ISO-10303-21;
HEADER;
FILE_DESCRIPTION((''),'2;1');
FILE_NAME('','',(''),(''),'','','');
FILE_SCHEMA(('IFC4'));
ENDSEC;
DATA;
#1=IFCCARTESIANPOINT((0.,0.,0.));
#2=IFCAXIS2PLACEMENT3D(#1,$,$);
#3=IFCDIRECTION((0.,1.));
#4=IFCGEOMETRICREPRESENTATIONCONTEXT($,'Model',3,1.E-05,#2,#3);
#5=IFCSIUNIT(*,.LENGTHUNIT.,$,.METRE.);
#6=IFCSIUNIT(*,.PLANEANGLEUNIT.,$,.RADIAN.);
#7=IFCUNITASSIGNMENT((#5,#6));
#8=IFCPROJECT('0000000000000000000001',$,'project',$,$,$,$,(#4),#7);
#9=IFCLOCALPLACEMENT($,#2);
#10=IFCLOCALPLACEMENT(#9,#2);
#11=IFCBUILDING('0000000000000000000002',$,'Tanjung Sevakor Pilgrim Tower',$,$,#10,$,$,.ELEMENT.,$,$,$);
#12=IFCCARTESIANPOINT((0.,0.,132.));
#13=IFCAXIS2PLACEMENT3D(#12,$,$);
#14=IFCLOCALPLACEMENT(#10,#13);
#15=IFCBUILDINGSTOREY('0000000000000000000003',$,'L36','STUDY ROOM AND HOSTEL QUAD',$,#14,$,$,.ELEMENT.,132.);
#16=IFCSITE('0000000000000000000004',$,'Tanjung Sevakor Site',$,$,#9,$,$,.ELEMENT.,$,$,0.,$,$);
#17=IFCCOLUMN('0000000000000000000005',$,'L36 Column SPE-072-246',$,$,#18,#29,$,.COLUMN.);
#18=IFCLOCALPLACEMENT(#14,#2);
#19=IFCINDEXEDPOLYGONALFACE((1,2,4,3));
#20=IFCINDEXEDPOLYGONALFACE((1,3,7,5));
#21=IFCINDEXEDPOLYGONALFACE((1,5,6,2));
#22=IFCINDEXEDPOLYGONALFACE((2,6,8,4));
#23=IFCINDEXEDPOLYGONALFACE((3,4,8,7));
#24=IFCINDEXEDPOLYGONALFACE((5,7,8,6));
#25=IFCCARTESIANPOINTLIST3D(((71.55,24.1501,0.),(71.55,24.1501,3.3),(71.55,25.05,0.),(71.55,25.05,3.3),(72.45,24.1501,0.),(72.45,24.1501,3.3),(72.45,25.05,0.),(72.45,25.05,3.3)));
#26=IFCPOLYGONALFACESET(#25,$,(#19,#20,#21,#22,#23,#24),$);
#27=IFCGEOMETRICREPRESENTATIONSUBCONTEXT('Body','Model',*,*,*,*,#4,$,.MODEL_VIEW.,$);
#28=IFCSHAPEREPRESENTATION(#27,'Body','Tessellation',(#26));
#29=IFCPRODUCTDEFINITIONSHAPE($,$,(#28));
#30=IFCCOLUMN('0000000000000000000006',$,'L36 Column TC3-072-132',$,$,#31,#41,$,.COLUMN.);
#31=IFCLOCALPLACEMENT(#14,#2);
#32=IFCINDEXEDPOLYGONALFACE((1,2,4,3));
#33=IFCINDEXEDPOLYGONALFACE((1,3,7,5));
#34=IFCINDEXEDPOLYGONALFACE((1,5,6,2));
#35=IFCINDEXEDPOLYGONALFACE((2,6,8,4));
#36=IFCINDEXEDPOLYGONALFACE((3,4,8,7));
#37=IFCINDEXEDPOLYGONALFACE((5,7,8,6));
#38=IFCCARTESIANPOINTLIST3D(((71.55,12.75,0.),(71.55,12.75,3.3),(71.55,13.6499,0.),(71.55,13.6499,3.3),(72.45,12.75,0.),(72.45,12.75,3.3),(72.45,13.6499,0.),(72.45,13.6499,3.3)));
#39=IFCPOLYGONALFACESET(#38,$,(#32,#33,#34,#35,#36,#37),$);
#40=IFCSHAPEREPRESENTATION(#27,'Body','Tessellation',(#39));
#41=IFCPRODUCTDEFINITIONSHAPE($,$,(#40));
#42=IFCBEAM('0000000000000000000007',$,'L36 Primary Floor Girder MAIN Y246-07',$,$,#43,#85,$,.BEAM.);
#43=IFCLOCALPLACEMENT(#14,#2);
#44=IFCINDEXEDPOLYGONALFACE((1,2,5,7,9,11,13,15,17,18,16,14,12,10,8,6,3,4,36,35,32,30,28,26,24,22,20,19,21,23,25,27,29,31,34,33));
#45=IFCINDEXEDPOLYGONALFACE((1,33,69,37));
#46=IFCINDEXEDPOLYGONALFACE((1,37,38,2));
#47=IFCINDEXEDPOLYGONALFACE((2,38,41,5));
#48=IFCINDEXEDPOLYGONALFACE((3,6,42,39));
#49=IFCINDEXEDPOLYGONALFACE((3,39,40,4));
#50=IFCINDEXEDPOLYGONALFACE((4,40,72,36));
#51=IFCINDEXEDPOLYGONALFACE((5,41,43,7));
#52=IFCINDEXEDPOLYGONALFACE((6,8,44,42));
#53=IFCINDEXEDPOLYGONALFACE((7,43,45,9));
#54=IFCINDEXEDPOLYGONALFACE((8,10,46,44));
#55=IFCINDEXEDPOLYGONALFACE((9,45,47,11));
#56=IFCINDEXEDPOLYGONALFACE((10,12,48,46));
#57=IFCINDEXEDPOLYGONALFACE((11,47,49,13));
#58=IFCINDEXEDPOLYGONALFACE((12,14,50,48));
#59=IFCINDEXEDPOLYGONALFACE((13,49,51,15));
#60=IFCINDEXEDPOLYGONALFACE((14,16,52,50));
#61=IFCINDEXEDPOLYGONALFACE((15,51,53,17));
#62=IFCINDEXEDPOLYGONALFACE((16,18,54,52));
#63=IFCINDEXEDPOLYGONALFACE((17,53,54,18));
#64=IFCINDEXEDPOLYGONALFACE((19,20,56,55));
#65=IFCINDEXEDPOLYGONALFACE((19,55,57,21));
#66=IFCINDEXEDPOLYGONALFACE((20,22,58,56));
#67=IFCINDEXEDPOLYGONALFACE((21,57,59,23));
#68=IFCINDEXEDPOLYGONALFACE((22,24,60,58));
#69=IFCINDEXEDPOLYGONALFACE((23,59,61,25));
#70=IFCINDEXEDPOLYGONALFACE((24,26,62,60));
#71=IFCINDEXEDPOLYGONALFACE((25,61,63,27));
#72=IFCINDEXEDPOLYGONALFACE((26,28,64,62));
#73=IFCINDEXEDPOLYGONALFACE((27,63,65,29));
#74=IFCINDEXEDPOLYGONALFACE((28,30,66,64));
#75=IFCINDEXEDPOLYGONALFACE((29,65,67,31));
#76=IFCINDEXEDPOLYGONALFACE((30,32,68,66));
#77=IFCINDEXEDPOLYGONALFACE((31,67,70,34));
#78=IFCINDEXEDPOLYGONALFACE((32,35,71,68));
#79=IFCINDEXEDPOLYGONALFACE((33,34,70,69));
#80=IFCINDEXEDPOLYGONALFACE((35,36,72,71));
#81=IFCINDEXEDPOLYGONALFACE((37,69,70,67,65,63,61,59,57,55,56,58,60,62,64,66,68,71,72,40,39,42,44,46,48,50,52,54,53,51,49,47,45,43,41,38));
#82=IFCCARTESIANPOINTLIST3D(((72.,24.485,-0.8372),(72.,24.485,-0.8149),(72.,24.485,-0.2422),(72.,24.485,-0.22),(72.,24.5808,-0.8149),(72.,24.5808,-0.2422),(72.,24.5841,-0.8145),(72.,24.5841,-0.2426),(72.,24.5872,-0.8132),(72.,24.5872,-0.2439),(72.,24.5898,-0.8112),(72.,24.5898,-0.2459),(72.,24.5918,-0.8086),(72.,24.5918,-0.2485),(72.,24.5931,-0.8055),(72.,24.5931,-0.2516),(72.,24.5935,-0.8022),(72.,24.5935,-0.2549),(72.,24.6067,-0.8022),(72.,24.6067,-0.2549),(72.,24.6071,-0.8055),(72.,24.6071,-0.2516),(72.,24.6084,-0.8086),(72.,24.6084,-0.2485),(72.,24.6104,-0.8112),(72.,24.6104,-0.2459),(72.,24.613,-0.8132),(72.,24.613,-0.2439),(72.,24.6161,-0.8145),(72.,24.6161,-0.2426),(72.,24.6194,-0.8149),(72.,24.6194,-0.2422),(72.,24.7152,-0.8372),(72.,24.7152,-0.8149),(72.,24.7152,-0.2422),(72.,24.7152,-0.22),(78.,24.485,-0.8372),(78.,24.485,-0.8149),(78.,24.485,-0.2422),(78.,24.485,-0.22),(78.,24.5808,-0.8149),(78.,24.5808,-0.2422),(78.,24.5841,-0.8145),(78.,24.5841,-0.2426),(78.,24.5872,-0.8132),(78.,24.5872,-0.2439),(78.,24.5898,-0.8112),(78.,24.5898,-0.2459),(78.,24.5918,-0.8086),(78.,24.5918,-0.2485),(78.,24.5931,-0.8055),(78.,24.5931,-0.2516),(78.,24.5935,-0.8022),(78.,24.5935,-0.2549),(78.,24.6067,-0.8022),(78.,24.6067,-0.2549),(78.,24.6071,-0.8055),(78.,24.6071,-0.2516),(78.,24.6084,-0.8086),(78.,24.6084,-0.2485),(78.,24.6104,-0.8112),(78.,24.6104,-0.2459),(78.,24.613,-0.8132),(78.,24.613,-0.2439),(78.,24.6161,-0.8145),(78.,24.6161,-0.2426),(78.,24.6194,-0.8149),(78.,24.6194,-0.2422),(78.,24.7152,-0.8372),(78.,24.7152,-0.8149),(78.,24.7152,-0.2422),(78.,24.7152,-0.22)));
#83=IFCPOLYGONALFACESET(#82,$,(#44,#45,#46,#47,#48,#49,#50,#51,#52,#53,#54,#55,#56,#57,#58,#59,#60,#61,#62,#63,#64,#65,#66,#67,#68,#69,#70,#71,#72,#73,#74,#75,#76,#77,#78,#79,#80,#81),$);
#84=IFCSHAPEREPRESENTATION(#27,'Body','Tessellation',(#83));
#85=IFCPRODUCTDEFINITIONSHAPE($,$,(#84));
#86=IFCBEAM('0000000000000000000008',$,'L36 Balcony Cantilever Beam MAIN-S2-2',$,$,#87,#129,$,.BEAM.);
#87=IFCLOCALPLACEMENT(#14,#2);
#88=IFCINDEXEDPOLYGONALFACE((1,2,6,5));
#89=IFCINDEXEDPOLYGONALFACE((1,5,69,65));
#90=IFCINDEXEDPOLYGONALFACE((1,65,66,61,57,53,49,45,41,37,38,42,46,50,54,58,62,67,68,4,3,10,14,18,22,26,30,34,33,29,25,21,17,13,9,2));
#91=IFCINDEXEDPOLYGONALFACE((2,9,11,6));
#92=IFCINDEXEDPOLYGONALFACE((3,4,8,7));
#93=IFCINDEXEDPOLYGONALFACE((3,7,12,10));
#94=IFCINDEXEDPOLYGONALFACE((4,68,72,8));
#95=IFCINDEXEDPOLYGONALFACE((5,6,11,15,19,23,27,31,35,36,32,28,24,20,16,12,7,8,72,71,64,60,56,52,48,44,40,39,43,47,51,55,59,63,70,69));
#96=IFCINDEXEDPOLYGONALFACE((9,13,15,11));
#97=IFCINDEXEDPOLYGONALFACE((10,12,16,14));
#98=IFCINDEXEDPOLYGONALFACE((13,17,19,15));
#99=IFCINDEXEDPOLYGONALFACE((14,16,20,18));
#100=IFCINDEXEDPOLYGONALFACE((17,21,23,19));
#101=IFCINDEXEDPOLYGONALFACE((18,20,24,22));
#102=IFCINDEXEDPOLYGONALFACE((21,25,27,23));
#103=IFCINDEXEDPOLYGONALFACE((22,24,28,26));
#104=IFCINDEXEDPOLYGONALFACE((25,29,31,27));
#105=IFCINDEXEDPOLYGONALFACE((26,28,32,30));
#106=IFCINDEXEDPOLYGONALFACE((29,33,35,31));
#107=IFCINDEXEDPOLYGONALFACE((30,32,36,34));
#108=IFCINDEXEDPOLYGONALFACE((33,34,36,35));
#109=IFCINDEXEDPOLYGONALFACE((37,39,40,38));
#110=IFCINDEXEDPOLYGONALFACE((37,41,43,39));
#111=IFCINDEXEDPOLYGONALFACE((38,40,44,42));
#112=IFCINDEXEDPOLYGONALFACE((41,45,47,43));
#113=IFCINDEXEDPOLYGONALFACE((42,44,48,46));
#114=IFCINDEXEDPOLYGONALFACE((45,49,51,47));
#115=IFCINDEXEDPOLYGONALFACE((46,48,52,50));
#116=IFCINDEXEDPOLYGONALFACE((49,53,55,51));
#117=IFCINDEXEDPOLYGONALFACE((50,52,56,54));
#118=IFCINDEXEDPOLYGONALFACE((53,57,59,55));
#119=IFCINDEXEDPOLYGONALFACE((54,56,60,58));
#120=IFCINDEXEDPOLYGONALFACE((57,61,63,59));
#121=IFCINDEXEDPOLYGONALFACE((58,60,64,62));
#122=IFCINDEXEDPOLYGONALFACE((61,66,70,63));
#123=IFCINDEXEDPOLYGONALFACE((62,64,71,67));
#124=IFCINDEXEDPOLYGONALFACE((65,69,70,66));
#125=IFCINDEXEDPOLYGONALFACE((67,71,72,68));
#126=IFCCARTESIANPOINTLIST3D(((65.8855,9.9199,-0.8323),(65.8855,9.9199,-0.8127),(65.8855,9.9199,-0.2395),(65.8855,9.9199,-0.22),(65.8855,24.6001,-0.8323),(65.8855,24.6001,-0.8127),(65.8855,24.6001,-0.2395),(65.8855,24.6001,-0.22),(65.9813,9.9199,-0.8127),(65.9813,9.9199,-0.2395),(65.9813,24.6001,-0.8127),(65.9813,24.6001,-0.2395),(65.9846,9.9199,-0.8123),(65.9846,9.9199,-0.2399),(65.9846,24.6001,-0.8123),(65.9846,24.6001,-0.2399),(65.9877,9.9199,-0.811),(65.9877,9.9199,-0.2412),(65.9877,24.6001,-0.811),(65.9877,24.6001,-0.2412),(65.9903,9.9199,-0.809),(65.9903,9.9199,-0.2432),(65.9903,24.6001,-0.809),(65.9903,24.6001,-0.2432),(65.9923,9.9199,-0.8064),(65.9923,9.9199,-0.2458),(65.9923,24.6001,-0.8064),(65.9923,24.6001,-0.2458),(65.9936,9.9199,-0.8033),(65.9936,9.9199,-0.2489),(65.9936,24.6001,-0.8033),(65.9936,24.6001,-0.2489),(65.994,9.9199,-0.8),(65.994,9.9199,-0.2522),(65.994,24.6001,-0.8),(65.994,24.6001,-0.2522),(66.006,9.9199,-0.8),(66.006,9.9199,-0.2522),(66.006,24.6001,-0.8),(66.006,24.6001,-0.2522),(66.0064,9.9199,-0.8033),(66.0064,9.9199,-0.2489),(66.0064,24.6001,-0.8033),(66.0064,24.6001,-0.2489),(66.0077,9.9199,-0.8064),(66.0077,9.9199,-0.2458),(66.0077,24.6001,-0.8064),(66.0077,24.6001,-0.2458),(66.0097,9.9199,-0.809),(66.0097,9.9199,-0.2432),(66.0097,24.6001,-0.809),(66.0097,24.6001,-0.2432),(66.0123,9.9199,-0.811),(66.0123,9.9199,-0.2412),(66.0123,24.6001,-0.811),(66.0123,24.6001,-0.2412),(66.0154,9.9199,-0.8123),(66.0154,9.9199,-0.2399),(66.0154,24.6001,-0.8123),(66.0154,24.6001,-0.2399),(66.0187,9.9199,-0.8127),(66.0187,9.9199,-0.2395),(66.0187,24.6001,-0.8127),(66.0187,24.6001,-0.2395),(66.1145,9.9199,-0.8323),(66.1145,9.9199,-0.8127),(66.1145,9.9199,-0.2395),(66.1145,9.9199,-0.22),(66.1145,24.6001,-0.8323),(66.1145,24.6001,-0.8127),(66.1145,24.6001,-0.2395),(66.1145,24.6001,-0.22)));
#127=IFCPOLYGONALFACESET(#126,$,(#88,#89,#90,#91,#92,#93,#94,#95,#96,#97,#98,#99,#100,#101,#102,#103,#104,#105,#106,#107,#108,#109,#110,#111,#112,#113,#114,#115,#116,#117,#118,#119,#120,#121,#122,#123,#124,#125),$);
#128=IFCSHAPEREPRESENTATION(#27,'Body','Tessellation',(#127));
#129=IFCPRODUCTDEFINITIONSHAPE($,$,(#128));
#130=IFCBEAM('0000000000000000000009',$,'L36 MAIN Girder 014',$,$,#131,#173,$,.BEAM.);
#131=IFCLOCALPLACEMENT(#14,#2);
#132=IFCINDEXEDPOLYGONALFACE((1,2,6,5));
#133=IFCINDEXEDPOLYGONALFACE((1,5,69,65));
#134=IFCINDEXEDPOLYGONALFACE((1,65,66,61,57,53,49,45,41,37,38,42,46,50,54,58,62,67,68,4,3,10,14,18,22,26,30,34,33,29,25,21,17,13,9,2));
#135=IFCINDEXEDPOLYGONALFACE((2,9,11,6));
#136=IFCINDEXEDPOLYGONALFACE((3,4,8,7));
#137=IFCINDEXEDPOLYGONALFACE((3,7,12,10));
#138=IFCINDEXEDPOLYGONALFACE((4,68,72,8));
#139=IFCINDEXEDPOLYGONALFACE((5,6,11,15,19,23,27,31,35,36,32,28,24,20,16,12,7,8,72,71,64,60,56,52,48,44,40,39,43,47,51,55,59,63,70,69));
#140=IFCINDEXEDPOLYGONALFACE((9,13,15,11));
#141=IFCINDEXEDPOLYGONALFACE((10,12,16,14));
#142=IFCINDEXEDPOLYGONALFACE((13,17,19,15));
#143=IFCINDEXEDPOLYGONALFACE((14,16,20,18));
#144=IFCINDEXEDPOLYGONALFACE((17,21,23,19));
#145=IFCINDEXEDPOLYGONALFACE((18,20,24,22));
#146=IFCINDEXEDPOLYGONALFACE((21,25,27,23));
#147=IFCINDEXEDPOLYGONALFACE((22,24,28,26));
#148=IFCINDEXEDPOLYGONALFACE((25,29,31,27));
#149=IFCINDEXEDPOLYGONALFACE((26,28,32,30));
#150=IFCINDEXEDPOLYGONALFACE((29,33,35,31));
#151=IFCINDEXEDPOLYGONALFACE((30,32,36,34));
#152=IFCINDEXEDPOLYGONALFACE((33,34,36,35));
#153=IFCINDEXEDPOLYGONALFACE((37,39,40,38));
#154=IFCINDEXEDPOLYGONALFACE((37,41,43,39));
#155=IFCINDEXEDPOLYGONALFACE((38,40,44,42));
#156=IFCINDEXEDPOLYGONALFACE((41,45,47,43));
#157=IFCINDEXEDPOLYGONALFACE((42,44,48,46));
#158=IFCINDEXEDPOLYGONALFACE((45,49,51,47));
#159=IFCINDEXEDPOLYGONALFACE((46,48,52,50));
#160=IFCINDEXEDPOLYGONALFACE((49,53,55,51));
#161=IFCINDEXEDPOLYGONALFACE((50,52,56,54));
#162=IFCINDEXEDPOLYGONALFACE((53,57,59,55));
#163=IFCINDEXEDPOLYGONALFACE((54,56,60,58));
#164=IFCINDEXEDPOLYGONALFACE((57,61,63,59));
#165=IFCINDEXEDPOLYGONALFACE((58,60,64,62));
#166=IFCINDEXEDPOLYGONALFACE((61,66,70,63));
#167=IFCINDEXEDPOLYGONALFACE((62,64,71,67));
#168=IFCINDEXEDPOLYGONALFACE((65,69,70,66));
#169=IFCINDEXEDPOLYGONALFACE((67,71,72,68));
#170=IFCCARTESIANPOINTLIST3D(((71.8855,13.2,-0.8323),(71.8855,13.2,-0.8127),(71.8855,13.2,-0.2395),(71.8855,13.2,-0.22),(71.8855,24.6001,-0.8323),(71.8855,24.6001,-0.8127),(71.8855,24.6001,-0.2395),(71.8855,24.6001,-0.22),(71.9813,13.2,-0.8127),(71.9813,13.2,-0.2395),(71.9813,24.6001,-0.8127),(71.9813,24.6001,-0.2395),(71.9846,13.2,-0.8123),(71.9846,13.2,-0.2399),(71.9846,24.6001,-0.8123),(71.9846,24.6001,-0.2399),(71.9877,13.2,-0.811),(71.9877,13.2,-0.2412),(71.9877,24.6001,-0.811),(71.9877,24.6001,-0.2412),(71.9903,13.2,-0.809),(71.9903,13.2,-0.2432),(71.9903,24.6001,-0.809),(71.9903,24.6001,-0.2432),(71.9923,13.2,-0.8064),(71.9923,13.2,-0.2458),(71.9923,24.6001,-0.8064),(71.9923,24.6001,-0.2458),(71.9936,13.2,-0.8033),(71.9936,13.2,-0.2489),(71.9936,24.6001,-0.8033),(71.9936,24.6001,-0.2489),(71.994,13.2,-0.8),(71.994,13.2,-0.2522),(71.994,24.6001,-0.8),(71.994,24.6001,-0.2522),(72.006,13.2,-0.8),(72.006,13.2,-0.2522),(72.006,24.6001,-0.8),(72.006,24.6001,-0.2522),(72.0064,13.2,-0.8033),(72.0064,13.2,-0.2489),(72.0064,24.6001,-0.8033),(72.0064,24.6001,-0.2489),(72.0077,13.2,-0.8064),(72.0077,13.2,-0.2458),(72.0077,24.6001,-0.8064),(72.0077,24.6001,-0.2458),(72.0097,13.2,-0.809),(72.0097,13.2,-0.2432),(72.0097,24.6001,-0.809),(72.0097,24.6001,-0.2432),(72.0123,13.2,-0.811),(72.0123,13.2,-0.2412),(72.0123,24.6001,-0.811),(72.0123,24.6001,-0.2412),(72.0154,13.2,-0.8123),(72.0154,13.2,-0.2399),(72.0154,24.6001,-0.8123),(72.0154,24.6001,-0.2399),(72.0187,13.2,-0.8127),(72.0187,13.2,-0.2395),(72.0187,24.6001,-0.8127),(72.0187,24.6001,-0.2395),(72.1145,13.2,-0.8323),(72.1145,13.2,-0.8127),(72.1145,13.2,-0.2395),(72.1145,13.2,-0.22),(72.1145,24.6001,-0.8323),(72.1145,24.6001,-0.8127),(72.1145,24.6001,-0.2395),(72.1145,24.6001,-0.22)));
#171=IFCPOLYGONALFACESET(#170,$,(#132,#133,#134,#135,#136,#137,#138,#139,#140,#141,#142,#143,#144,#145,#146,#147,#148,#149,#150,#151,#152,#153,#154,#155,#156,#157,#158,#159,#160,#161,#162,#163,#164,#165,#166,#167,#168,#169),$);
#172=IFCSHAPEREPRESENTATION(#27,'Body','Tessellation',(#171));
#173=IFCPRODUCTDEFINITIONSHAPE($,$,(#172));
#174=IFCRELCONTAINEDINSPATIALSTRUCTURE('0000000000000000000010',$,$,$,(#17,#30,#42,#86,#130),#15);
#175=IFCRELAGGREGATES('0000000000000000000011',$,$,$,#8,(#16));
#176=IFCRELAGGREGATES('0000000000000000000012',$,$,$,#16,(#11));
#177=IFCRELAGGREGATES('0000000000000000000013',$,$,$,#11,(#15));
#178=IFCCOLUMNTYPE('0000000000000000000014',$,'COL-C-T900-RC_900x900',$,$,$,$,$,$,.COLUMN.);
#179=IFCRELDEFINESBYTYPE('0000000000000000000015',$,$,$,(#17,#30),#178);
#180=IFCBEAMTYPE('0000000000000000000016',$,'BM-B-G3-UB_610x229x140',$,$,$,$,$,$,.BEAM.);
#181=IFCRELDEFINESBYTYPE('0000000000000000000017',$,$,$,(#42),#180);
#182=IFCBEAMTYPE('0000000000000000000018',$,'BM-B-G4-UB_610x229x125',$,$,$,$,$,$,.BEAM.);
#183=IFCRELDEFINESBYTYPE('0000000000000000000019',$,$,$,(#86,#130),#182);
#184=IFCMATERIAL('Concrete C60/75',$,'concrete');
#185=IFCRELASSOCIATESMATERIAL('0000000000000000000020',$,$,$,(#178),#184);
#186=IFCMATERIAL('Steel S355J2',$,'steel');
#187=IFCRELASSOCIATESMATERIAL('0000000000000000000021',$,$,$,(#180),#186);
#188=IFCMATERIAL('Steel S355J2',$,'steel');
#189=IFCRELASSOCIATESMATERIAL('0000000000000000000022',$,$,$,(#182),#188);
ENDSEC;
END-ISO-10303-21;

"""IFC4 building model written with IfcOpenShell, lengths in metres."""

from ifc_helpers import new_model, si_unit, direction, frame, origin, origin_2d, place, context, subcontext, project, spatial, rectangle, i_section, extrude, material, material_profile, profile_set, type_object, element, save


model = new_model("IFC4")

# Units and contexts
model_context = context("Model", 3, precision=1e-05, world=origin(), true_north=direction((0.0, 1.0)))
body_context = subcontext(model_context, "Body", "Model", "MODEL_VIEW")
ifc_project = project(units=[si_unit("LENGTHUNIT", "METRE"), si_unit("PLANEANGLEUNIT", "RADIAN")], contexts=[model_context])

# Site, building, storey
site_placement = place(None, origin())
site = spatial("IfcSite", under=ifc_project, at=site_placement, Name="Tanjung Sevakor Site", CompositionType="ELEMENT", RefElevation=0.0)
building_placement = place(site_placement, origin())
building = spatial("IfcBuilding", under=site, at=building_placement, Name="Tanjung Sevakor Pilgrim Tower", CompositionType="ELEMENT")
storey_placement = place(building_placement, frame((0.0, 0.0, 132.0)))
storey = spatial("IfcBuildingStorey", under=building, at=storey_placement, Name="L36", Description="STUDY ROOM AND HOSTEL QUAD", CompositionType="ELEMENT", Elevation=132.0)

# Columns
ifc_material_1 = material(Name="Concrete C60/75", Category="concrete")
ifc_material_profile_1 = material_profile(ifc_material_1, rectangle(XDim=0.8999, YDim=0.8999, at=origin_2d()))
ifc_profile_set_1 = profile_set([ifc_material_profile_1], Name="Concrete C60/75")
column_type = type_object("IfcColumnType", Name="COL-C-T900-RC_900x900", PredefinedType="COLUMN", material=ifc_profile_set_1)
for number, where, z_axis, x_axis, name in (
    (1, (72.0, 24.6001, 0.0), (0.0, 0.0, 1.0), (1.0, 0.0, 0.0), "L36 Column SPE-072-246"),
    (2, (72.0, 13.2, 0.0), (0.0, 0.0, 1.0), (1.0, 0.0, 0.0), "L36 Column TC3-072-132"),
):
    element("IfcColumn", number, at=place(storey_placement, frame(where, z_axis=z_axis, x_axis=x_axis)), inside=storey, type_object=column_type, Name=name, PredefinedType="COLUMN", context=body_context, shape_type="SweptSolid", body=[
        extrude(rectangle(XDim=0.8999, YDim=0.8999, at=origin_2d()), origin(), (0.0, 0.0, 1.0), 3.3),
    ])

# Beams
ifc_material_2 = material(Name="Steel S355J2", Category="steel")
ifc_material_profile_2 = material_profile(ifc_material_2, i_section(OverallWidth=0.2302, OverallDepth=0.6172, WebThickness=0.0132, FlangeThickness=0.0222, FilletRadius=0.0127, at=origin_2d()))
ifc_profile_set_2 = profile_set([ifc_material_profile_2], Name="Steel S355J2")
beam_type_1 = type_object("IfcBeamType", Name="BM-B-G3-UB_610x229x140", PredefinedType="BEAM", material=ifc_profile_set_2)
beam_1_placement = place(storey_placement, frame((72.0, 24.6001, -0.5286), z_axis=(1.0, 0.0, 0.0), x_axis=(0.0, 1.0, 0.0)))
element("IfcBeam", 3, at=beam_1_placement, inside=storey, type_object=beam_type_1, Name="L36 Primary Floor Girder MAIN Y246-07", PredefinedType="BEAM", context=body_context, shape_type="SweptSolid", body=[
    extrude(i_section(OverallWidth=0.2302, OverallDepth=0.6172, WebThickness=0.0132, FlangeThickness=0.0222, FilletRadius=0.0127, at=origin_2d()), origin(), (0.0, 0.0, 1.0), 6.0),
])
ifc_material_3 = material(Name="Steel S355J2", Category="steel")
ifc_material_profile_3 = material_profile(ifc_material_3, i_section(OverallWidth=0.229, OverallDepth=0.6123, WebThickness=0.012, FlangeThickness=0.0195, FilletRadius=0.0127, at=origin_2d()))
ifc_profile_set_3 = profile_set([ifc_material_profile_3], Name="Steel S355J2")
beam_type_2 = type_object("IfcBeamType", Name="BM-B-G4-UB_610x229x125", PredefinedType="BEAM", material=ifc_profile_set_3)
beam_2_placement = place(storey_placement, frame((66.0, 24.6001, -0.5261), z_axis=(0.0, -1.0, 0.0), x_axis=(1.0, 0.0, 0.0)))
element("IfcBeam", 4, at=beam_2_placement, inside=storey, type_object=beam_type_2, Name="L36 Balcony Cantilever Beam MAIN-S2-2", PredefinedType="BEAM", context=body_context, shape_type="SweptSolid", body=[
    extrude(i_section(OverallWidth=0.229, OverallDepth=0.6123, WebThickness=0.012, FlangeThickness=0.0195, FilletRadius=0.0127, at=origin_2d()), origin(), (0.0, 0.0, 1.0), 14.6802),
])
beam_3_placement = place(storey_placement, frame((72.0, 13.2, -0.5261), z_axis=(0.0, 1.0, 0.0), x_axis=(-1.0, 0.0, 0.0)))
element("IfcBeam", 5, at=beam_3_placement, inside=storey, type_object=beam_type_2, Name="L36 MAIN Girder 014", PredefinedType="BEAM", context=body_context, shape_type="SweptSolid", body=[
    extrude(i_section(OverallWidth=0.229, OverallDepth=0.6123, WebThickness=0.012, FlangeThickness=0.0195, FilletRadius=0.0127, at=origin_2d()), origin(), (0.0, 0.0, 1.0), 11.4001),
])

save(model, "model.ifc")
